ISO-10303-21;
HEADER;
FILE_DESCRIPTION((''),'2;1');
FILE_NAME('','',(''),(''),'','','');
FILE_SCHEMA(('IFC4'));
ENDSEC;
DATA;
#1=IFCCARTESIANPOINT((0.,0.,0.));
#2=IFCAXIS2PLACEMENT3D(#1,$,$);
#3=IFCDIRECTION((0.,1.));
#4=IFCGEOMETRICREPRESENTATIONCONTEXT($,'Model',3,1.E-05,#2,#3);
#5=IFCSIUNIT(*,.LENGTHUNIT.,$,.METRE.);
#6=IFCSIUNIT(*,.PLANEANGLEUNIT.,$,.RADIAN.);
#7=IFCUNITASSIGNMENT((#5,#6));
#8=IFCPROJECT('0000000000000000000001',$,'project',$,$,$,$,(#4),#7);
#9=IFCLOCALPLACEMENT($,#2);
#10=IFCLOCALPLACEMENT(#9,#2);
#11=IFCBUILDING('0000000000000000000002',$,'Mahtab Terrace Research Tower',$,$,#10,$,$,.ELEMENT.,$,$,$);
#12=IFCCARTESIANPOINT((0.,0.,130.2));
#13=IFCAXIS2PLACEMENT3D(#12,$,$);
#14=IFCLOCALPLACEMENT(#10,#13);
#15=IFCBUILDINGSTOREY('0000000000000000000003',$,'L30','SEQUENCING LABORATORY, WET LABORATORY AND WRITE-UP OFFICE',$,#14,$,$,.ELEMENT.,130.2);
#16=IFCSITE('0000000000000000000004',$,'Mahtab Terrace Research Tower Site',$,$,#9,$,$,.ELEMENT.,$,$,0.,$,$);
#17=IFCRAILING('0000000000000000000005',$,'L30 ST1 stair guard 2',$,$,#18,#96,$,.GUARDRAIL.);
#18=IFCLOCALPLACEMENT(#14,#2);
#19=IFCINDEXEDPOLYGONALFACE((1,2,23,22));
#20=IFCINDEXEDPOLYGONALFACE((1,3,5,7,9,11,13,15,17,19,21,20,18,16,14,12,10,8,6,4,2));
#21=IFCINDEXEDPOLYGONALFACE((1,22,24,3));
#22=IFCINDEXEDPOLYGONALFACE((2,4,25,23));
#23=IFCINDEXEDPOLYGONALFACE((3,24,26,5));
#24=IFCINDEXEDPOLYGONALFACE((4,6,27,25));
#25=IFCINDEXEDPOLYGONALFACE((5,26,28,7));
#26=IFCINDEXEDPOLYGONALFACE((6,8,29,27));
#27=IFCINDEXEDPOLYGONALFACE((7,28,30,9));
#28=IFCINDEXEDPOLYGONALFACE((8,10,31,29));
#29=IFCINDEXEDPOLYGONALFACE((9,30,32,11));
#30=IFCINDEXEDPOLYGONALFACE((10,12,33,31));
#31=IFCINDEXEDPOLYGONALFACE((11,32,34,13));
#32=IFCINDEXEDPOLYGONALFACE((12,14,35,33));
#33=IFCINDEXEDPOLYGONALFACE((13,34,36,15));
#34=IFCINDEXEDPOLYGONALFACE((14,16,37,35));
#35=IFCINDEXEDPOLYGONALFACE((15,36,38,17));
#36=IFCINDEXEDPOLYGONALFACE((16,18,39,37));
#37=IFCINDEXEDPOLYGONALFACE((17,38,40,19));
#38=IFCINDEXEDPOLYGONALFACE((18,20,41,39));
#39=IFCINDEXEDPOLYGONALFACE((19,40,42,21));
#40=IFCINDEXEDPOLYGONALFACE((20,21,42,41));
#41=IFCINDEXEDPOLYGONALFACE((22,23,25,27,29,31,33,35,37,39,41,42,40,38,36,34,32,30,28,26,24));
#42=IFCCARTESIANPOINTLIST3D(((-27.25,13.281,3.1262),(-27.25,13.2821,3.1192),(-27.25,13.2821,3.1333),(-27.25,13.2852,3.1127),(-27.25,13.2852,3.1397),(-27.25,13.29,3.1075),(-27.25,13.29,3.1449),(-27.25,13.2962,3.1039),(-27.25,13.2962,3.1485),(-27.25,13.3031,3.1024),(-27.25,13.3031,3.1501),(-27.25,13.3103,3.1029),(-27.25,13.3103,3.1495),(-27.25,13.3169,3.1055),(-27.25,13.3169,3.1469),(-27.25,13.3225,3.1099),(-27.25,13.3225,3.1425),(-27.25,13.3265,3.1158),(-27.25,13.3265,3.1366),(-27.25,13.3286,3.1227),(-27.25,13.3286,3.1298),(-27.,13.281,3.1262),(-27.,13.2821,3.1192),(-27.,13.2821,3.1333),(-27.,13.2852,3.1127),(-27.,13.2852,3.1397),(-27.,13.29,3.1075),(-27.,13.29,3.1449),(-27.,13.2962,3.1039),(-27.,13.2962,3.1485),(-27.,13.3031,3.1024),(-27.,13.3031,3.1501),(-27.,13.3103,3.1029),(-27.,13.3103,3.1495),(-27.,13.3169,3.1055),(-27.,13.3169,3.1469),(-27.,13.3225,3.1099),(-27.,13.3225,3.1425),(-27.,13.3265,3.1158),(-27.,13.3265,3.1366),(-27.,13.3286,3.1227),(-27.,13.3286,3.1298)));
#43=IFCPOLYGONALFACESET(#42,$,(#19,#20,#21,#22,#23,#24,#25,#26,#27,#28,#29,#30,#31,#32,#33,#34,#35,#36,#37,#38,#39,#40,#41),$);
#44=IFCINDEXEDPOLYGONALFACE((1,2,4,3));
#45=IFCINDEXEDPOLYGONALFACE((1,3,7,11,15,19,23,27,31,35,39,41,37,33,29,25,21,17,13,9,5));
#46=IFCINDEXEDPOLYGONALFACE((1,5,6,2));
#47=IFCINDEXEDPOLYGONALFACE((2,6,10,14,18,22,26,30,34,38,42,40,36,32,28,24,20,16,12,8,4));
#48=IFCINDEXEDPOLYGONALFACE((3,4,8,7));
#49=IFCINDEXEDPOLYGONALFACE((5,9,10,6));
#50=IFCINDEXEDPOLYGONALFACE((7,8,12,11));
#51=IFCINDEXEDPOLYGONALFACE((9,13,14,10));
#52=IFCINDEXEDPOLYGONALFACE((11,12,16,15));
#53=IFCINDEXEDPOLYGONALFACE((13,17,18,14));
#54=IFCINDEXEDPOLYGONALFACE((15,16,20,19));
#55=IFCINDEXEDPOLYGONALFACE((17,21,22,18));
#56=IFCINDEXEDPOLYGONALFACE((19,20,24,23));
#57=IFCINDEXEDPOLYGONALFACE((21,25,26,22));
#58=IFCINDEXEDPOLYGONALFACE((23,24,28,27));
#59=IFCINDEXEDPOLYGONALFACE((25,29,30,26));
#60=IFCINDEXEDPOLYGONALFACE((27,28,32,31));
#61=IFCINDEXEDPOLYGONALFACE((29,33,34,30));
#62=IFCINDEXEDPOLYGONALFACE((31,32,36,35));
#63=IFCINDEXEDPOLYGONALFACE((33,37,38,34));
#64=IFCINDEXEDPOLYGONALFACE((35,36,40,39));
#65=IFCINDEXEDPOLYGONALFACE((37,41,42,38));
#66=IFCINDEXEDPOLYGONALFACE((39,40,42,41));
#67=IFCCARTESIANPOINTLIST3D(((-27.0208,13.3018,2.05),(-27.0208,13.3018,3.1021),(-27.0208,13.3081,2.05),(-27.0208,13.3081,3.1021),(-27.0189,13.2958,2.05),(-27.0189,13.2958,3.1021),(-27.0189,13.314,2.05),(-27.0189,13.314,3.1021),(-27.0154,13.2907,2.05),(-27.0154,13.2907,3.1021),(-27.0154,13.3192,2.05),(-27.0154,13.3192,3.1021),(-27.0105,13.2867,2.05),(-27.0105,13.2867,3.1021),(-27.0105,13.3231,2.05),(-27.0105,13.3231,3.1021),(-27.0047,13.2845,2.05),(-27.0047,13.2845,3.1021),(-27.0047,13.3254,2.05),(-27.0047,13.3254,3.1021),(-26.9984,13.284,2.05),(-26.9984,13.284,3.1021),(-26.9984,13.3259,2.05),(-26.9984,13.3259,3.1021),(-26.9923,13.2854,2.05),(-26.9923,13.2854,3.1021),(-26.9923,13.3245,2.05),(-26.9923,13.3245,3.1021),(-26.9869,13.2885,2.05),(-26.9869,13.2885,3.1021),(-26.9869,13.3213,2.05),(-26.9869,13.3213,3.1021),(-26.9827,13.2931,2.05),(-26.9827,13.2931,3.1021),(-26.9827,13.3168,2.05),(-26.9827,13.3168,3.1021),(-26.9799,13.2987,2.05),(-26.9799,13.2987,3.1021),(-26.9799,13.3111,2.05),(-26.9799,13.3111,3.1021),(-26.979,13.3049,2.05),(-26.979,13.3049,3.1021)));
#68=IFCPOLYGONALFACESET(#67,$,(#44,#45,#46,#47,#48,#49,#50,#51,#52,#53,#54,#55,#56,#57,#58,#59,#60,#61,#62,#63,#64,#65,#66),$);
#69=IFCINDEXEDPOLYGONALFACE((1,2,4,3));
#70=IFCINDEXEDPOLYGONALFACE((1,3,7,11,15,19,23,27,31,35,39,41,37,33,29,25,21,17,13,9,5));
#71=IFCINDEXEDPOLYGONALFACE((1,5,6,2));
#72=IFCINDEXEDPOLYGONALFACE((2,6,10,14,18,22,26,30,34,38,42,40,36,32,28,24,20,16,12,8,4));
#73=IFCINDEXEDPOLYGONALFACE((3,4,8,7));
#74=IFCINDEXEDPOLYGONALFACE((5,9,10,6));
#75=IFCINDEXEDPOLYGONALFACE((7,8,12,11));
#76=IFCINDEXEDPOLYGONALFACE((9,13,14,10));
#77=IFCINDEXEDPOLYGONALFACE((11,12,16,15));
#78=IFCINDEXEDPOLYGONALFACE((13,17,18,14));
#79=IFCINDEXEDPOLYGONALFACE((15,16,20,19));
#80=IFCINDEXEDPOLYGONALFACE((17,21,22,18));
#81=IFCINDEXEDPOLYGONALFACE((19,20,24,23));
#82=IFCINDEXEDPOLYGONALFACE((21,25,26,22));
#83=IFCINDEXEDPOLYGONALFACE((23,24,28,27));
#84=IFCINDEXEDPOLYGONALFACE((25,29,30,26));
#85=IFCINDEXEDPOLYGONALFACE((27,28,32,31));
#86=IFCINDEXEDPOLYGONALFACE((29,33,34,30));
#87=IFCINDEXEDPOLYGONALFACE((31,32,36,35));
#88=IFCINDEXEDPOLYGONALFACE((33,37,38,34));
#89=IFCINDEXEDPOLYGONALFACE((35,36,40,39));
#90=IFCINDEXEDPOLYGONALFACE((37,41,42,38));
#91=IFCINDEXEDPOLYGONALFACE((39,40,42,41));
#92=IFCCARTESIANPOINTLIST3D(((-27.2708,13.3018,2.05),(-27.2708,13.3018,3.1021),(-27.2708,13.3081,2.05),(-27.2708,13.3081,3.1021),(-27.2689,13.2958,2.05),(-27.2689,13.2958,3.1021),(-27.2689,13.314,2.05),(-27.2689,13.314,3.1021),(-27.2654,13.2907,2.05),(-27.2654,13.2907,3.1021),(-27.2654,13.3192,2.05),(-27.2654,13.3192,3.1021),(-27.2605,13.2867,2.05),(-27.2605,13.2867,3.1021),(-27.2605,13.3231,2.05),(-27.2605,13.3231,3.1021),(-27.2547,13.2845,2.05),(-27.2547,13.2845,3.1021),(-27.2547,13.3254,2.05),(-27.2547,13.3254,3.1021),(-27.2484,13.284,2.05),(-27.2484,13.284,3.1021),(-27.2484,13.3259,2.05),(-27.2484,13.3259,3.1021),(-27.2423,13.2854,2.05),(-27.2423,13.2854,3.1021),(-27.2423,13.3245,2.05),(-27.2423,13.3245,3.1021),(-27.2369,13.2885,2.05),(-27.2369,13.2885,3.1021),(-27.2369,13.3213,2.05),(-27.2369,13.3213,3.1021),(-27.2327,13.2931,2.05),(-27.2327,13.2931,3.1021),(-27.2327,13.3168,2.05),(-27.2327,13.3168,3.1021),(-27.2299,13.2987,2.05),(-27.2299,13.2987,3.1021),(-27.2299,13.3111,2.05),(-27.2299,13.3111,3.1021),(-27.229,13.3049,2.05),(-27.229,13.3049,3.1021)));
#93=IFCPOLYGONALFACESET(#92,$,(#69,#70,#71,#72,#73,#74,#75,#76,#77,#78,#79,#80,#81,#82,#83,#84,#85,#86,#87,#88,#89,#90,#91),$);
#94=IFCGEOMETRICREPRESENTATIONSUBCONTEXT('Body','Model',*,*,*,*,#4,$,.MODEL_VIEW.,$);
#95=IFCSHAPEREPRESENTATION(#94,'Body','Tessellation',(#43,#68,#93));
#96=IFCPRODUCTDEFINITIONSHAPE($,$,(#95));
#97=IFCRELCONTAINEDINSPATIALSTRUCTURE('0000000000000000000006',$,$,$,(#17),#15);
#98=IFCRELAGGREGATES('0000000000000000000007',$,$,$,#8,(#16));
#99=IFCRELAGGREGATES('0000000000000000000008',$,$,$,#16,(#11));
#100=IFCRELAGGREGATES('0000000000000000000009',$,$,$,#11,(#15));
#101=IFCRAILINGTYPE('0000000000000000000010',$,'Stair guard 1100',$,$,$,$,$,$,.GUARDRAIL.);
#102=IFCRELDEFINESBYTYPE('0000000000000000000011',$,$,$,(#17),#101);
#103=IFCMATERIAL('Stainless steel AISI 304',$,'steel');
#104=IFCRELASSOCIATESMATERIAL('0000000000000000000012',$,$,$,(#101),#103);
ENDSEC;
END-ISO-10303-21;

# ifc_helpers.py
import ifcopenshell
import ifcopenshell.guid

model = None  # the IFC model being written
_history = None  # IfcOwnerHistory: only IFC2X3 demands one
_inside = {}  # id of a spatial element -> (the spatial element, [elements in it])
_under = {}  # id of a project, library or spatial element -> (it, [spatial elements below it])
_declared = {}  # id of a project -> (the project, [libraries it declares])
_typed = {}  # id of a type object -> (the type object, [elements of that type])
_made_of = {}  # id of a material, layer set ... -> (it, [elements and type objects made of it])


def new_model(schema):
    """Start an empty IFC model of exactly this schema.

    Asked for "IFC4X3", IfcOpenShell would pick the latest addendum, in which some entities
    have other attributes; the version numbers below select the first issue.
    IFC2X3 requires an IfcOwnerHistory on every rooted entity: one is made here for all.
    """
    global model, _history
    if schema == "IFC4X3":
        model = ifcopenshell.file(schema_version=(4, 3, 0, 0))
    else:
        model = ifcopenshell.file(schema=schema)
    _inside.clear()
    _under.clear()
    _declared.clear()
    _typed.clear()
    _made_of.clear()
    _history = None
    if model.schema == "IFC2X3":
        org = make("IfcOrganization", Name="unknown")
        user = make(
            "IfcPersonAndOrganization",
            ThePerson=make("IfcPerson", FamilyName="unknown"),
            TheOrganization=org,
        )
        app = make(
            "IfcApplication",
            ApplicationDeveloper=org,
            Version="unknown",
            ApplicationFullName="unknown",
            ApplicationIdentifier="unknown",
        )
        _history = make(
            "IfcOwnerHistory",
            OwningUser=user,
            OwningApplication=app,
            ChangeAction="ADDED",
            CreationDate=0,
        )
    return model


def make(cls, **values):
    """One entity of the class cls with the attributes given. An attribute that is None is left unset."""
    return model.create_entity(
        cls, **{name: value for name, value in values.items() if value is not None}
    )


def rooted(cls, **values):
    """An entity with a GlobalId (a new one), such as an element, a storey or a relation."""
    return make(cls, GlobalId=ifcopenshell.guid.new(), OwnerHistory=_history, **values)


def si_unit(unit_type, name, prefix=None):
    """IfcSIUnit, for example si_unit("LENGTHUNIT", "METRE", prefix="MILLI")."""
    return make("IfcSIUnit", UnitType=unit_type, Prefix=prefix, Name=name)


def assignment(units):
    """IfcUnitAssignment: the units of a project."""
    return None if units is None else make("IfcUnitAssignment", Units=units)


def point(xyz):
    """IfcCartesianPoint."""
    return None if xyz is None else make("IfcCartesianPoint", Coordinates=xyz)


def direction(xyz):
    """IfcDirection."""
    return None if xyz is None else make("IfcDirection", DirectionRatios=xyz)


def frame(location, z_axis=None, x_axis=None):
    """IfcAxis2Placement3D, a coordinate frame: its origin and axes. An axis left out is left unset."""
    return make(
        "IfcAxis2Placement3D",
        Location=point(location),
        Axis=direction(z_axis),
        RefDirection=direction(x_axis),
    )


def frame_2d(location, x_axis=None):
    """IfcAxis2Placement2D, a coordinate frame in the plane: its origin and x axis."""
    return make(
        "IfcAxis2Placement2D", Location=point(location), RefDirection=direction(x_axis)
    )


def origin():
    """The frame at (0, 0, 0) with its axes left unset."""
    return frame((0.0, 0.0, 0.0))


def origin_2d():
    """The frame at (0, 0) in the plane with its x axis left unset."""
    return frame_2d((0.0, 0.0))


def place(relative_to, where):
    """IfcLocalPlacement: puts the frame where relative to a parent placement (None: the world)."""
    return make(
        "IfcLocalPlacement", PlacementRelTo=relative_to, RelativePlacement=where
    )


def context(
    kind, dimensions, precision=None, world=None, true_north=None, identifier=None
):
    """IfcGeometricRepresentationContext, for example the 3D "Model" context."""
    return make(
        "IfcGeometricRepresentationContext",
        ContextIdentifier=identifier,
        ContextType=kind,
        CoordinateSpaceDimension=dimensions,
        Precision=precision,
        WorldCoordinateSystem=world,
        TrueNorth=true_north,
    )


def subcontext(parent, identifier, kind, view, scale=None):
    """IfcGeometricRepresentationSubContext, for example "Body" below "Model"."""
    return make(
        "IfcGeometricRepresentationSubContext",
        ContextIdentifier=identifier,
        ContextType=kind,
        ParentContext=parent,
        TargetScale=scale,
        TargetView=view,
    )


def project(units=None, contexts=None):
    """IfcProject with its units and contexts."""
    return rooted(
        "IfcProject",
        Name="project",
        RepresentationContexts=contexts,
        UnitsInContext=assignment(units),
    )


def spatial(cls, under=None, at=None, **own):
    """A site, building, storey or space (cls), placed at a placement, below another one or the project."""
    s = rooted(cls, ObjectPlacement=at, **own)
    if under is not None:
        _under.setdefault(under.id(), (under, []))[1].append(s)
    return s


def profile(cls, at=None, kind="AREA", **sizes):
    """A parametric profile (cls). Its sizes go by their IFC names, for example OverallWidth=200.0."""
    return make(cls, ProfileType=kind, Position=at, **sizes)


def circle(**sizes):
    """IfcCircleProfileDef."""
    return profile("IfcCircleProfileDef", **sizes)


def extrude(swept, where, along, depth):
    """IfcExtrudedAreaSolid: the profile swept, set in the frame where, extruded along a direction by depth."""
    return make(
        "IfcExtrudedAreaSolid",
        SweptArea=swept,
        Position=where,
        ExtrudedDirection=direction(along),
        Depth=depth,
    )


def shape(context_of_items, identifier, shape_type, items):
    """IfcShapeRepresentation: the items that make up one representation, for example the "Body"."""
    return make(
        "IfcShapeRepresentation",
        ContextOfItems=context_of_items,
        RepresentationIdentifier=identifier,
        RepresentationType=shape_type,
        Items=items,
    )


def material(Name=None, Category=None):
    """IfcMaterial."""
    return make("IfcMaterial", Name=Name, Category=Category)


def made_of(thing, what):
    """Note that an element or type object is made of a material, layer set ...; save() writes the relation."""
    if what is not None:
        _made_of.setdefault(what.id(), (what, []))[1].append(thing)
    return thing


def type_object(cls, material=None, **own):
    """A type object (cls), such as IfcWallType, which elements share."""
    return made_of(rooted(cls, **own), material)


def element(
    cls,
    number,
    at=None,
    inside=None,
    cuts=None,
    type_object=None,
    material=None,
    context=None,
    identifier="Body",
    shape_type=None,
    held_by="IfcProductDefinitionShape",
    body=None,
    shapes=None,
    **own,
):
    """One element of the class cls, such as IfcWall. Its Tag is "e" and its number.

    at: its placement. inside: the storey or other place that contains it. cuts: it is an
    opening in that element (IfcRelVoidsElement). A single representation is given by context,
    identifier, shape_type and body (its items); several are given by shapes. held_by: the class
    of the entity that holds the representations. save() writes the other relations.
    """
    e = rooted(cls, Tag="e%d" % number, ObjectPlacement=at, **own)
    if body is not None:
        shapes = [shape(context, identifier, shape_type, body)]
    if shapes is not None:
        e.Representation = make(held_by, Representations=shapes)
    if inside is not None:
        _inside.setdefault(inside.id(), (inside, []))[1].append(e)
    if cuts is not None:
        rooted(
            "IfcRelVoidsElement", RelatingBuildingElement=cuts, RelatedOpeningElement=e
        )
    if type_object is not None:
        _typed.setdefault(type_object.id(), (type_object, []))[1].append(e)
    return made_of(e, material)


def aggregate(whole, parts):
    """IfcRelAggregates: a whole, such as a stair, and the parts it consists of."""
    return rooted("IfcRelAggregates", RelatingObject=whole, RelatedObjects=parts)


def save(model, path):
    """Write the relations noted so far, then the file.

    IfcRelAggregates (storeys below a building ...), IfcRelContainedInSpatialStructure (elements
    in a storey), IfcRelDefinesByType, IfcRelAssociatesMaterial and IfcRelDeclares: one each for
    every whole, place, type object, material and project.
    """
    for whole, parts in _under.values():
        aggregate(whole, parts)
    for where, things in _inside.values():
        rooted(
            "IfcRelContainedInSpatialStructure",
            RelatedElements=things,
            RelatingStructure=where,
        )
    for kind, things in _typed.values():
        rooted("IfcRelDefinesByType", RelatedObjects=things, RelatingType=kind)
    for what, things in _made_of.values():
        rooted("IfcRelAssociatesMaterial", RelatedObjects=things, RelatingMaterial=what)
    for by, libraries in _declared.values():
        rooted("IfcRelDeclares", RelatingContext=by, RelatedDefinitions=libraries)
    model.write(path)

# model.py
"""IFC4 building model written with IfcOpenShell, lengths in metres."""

from ifc_helpers import new_model, si_unit, direction, frame, origin, origin_2d, place, context, subcontext, project, spatial, circle, extrude, material, type_object, element, save


model = new_model("IFC4")

# Units and contexts
model_context = context("Model", 3, precision=1e-05, world=origin(), true_north=direction((0.0, 1.0)))
body_context = subcontext(model_context, "Body", "Model", "MODEL_VIEW")
ifc_project = project(units=[si_unit("LENGTHUNIT", "METRE"), si_unit("PLANEANGLEUNIT", "RADIAN")], contexts=[model_context])

# Site, building, storey
site_placement = place(None, origin())
site = spatial("IfcSite", under=ifc_project, at=site_placement, Name="Mahtab Terrace Research Tower Site", CompositionType="ELEMENT", RefElevation=0.0)
building_placement = place(site_placement, origin())
building = spatial("IfcBuilding", under=site, at=building_placement, Name="Mahtab Terrace Research Tower", CompositionType="ELEMENT")
storey_placement = place(building_placement, frame((0.0, 0.0, 130.2)))
storey = spatial("IfcBuildingStorey", under=building, at=storey_placement, Name="L30", Description="SEQUENCING LABORATORY, WET LABORATORY AND WRITE-UP OFFICE", CompositionType="ELEMENT", Elevation=130.2)

# Shared definitions
ifc_material_1 = material(Name="Stainless steel AISI 304", Category="steel")

# Railing
railing_type = type_object("IfcRailingType", Name="Stair guard 1100", PredefinedType="GUARDRAIL", material=ifc_material_1)
railing_1_placement = place(storey_placement, frame((-27.0, 13.3049, 2.05)))
element("IfcRailing", 1, at=railing_1_placement, inside=storey, type_object=railing_type, Name="L30 ST1 stair guard 2", PredefinedType="GUARDRAIL", context=body_context, shape_type="SweptSolid", body=[
    extrude(circle(Radius=0.0239, at=origin_2d()), frame((0.0, 0.0, 1.0762), z_axis=(-1.0, 0.0, 0.0), x_axis=(0.0, -1.0, 0.0)), (0.0, 0.0, 1.0), 0.25),
    extrude(circle(Radius=0.021, at=origin_2d()), origin(), (0.0, 0.0, 1.0), 1.052),
    extrude(circle(Radius=0.021, at=origin_2d()), frame((-0.25, 0.0, 0.0)), (0.0, 0.0, 1.0), 1.052),
])

save(model, "model.ifc")
